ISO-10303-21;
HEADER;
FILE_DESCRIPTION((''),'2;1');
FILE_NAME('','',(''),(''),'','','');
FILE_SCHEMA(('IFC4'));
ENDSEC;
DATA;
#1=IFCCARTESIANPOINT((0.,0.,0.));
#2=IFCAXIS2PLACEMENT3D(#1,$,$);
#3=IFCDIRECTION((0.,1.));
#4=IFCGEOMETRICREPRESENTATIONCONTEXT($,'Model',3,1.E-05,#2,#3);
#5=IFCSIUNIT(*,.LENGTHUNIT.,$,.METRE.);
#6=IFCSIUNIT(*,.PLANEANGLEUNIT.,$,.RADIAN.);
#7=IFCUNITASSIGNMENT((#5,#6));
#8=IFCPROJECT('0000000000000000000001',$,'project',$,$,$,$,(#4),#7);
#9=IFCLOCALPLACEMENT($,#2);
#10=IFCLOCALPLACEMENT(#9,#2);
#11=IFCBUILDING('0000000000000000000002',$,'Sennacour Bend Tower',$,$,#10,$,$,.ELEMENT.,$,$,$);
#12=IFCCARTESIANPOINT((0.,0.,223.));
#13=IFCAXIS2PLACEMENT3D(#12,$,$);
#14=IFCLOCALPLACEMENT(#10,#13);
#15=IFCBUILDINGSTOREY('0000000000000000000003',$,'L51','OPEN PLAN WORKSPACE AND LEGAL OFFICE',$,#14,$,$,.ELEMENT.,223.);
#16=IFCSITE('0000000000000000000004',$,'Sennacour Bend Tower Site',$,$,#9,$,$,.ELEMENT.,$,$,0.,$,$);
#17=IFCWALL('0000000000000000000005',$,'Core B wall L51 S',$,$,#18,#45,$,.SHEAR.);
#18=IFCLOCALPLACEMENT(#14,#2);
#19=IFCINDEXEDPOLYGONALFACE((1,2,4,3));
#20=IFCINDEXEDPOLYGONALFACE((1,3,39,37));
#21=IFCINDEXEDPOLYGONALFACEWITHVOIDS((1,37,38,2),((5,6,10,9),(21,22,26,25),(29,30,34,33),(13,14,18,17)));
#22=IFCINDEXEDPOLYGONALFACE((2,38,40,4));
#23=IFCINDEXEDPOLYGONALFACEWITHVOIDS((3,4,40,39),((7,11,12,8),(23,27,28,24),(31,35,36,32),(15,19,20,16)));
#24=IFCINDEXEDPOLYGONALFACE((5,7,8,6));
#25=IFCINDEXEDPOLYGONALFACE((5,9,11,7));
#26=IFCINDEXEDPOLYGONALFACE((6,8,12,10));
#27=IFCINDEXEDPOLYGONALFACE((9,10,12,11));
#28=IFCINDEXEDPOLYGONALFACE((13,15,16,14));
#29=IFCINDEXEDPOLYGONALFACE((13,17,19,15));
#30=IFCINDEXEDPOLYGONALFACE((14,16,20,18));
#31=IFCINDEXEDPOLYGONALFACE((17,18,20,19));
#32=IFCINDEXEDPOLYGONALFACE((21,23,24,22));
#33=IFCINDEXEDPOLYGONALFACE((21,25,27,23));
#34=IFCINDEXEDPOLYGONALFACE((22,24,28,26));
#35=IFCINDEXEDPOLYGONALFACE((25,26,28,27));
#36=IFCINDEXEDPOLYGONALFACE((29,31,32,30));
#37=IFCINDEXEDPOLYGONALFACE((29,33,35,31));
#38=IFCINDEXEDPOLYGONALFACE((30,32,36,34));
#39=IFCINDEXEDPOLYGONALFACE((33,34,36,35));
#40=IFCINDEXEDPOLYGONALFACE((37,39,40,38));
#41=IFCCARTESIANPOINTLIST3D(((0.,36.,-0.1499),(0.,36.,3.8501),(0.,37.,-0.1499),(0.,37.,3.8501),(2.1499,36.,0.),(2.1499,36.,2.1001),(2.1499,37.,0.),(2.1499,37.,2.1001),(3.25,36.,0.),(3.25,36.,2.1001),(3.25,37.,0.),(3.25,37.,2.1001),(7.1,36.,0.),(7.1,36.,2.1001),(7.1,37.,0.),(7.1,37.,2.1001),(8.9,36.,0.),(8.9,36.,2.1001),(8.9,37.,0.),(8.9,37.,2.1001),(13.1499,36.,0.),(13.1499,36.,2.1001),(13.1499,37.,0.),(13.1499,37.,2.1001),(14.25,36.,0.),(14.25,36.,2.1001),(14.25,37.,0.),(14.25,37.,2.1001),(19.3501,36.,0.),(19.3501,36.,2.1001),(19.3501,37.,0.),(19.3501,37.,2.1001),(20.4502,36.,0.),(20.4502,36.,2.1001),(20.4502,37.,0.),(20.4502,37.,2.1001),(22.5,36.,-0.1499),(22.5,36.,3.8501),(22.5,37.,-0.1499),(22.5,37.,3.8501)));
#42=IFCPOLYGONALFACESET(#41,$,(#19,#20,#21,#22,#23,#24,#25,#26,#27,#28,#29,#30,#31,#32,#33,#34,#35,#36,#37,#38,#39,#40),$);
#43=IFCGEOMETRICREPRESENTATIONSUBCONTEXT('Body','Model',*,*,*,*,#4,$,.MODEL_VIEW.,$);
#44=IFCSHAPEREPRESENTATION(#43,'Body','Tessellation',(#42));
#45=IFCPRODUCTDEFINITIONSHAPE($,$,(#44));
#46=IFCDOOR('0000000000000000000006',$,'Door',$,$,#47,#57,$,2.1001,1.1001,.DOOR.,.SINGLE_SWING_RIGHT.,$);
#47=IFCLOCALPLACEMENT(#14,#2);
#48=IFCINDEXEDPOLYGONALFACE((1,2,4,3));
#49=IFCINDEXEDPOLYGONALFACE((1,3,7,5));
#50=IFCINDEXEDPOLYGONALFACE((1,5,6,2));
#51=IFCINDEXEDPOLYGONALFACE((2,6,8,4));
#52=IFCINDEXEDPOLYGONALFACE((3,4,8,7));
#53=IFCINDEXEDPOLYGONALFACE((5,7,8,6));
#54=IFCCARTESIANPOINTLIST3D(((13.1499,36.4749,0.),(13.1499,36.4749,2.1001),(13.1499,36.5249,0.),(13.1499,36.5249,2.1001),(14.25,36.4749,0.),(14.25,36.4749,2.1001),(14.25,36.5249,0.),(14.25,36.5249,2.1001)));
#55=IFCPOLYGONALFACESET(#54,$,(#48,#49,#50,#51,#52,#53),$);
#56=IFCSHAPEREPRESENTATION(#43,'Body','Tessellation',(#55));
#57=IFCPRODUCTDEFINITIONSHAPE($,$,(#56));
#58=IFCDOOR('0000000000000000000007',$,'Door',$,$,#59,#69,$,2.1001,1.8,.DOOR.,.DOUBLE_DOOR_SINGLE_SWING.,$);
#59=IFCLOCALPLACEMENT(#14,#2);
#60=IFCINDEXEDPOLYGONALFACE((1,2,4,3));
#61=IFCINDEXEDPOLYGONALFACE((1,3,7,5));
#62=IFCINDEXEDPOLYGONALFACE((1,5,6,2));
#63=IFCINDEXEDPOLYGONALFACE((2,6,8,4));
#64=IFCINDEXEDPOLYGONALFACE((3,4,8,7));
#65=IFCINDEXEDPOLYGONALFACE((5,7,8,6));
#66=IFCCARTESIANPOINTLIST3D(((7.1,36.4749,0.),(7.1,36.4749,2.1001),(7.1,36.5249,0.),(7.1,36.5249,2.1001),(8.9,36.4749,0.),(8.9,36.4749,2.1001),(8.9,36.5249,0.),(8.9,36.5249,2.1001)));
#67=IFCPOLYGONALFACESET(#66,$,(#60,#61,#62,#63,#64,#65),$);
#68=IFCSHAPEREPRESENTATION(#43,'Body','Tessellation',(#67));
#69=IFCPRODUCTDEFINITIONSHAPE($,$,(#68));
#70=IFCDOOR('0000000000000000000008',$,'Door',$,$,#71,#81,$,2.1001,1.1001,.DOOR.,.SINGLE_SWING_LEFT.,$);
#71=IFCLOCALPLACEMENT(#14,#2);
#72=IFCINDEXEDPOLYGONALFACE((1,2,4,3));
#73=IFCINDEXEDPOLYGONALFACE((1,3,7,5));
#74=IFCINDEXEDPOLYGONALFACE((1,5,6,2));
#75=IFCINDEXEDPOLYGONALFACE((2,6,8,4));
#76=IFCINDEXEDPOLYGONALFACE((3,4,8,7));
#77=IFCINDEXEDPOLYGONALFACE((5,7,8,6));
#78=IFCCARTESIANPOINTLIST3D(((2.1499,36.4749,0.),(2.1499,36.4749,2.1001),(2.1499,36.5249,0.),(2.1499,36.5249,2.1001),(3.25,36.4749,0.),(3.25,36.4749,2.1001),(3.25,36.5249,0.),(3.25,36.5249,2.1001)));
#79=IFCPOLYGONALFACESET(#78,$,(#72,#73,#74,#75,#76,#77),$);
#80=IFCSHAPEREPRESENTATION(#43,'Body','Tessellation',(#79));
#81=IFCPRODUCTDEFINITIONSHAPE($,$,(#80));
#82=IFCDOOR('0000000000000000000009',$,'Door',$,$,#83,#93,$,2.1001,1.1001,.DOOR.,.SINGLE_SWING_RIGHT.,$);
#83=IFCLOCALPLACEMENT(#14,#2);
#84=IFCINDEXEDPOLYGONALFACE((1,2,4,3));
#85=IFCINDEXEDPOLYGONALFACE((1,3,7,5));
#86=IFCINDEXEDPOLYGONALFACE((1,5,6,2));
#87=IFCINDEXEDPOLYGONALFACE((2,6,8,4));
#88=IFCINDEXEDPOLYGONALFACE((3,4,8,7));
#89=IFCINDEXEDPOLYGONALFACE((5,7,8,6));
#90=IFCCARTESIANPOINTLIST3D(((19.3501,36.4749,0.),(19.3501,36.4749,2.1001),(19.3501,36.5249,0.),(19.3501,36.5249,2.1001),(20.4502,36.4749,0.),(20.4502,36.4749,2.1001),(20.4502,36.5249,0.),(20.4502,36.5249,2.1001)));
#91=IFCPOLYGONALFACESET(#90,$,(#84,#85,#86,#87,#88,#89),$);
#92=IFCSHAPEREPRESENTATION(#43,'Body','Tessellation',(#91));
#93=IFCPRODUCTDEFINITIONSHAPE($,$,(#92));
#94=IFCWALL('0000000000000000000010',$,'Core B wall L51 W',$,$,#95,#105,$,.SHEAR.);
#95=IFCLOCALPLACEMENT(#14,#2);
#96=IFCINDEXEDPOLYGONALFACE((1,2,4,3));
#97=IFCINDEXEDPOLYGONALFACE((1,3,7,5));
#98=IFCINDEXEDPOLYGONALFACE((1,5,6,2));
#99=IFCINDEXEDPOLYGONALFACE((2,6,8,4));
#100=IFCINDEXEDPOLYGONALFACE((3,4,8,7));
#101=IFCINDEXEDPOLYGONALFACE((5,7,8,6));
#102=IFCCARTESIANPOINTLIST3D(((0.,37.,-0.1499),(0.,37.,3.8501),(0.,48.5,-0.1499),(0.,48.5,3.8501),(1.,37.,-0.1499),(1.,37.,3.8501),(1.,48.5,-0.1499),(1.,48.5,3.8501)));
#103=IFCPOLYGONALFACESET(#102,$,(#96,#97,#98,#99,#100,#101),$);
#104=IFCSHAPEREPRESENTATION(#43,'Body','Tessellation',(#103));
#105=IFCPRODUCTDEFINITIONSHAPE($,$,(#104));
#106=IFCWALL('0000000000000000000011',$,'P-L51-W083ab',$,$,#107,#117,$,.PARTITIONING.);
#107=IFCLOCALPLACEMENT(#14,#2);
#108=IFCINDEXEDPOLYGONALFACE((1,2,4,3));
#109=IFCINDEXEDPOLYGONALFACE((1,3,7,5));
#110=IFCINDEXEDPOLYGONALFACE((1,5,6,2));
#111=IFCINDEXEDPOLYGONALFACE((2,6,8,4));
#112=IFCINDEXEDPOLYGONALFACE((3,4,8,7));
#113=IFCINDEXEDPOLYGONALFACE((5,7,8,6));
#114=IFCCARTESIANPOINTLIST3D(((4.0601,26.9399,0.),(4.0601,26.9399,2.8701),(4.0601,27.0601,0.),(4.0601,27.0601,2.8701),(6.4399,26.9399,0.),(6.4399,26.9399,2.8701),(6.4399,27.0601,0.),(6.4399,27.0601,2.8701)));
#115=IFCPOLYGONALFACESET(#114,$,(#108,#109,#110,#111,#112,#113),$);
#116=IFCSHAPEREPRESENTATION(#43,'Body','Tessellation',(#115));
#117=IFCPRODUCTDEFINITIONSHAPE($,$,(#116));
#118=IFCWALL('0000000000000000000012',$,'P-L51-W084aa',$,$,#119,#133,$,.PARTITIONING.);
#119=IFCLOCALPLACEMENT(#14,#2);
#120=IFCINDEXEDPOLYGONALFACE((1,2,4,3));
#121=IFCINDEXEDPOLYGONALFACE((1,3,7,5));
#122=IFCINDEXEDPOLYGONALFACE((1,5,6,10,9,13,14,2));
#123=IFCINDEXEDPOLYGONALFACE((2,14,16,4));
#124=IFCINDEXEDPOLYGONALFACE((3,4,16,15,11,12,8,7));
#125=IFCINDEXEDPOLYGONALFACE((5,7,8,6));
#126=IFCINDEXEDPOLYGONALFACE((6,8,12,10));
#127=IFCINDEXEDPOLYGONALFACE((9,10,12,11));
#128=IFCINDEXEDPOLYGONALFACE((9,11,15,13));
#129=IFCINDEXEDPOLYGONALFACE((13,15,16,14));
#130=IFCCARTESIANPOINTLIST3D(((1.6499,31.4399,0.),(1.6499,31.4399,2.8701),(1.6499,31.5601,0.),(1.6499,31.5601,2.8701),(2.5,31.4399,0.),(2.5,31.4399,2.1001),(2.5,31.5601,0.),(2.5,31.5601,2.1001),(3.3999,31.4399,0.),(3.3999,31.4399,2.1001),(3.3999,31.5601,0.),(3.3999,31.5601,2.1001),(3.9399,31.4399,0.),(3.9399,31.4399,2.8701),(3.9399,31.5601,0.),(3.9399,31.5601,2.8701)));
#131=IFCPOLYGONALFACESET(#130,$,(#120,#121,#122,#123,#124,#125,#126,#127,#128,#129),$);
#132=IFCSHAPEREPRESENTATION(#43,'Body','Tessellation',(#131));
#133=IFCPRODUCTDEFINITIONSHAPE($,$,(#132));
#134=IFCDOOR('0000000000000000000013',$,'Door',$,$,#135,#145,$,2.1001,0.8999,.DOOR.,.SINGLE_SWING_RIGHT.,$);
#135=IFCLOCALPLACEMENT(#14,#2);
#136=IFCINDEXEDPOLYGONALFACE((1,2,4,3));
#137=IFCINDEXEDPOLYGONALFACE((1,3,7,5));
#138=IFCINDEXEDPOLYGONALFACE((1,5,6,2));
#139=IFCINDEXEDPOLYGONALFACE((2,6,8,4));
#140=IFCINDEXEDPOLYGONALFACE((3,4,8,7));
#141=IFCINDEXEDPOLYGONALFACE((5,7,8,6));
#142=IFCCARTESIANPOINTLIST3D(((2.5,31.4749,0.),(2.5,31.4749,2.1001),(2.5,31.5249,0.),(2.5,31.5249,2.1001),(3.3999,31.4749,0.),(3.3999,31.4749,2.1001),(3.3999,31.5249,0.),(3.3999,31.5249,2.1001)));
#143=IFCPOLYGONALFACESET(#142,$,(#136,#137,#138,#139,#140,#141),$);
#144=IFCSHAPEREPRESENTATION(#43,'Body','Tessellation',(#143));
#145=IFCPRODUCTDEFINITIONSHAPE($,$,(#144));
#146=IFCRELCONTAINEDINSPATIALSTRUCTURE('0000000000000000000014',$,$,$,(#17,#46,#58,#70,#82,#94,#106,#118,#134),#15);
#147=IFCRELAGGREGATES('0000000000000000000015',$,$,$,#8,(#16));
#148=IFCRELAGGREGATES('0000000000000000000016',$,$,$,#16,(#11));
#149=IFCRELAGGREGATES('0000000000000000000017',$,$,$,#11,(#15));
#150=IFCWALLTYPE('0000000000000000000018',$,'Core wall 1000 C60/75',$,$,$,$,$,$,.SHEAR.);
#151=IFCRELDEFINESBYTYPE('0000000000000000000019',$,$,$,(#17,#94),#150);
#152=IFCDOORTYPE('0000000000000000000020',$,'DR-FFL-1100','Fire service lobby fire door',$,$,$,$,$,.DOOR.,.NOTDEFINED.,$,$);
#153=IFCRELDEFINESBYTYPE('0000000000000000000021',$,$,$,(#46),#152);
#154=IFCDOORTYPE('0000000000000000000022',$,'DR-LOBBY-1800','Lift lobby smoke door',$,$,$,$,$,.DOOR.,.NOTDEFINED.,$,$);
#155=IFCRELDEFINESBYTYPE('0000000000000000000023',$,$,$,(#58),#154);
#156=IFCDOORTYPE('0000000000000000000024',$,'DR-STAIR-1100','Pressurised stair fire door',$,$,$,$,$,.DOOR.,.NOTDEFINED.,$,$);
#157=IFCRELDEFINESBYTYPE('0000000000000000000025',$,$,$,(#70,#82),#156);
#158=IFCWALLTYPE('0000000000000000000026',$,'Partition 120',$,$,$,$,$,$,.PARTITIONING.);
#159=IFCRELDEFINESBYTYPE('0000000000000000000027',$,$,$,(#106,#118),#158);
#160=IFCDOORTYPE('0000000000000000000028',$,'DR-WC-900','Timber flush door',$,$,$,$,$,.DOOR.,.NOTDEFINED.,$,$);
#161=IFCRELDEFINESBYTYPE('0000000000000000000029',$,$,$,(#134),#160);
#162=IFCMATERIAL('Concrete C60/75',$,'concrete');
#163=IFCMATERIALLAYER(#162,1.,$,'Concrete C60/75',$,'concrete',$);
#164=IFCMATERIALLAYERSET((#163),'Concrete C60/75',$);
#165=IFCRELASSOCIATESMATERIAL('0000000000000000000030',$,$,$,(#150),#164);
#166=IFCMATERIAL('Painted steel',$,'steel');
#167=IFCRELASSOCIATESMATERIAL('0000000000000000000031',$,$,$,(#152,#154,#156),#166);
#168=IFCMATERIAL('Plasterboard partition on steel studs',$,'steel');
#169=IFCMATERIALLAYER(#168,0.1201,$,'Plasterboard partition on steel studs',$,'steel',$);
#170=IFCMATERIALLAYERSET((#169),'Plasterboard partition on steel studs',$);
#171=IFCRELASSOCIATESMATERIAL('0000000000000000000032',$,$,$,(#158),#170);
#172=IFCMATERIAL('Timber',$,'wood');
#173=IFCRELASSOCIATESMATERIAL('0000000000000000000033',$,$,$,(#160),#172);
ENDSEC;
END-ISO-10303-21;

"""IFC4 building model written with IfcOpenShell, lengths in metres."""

from ifc_helpers import new_model, si_unit, direction, frame, frame_2d, origin, place, context, subcontext, project, spatial, rectangle, extrude, material, layer, layer_set, type_object, element, fill, save


model = new_model("IFC4")

# Units and contexts
model_context = context("Model", 3, precision=1e-05, world=origin(), true_north=direction((0.0, 1.0)))
body_context = subcontext(model_context, "Body", "Model", "MODEL_VIEW")
ifc_project = project(units=[si_unit("LENGTHUNIT", "METRE"), si_unit("PLANEANGLEUNIT", "RADIAN")], contexts=[model_context])

# Site, building, storey
site_placement = place(None, origin())
site = spatial("IfcSite", under=ifc_project, at=site_placement, Name="Sennacour Bend Tower Site", CompositionType="ELEMENT", RefElevation=0.0)
building_placement = place(site_placement, origin())
building = spatial("IfcBuilding", under=site, at=building_placement, Name="Sennacour Bend Tower", CompositionType="ELEMENT")
storey_placement = place(building_placement, frame((0.0, 0.0, 223.0)))
storey = spatial("IfcBuildingStorey", under=building, at=storey_placement, Name="L51", Description="OPEN PLAN WORKSPACE AND LEGAL OFFICE", CompositionType="ELEMENT", Elevation=223.0)

# Wall, openings, doors
ifc_material_1 = material(Name="Concrete C60/75", Category="concrete")
ifc_layer_1 = layer(ifc_material_1, 1.0, Name="Concrete C60/75", Category="concrete")
ifc_layer_set_1 = layer_set([ifc_layer_1], Name="Concrete C60/75")
wall_type_1 = type_object("IfcWallType", Name="Core wall 1000 C60/75", PredefinedType="SHEAR", material=ifc_layer_set_1)
wall_1_placement = place(storey_placement, frame((0.0, 36.5, -0.1499), z_axis=(0.0, 0.0, 1.0), x_axis=(1.0, 0.0, 0.0)))
wall_1 = element("IfcWall", 1, at=wall_1_placement, inside=storey, type_object=wall_type_1, Name="Core B wall L51 S", PredefinedType="SHEAR", context=body_context, shape_type="SweptSolid", body=[
    extrude(rectangle(XDim=22.5, YDim=1.0, at=frame_2d((11.25, 0.0))), origin(), (0.0, 0.0, 1.0), 4.0),
])
opening_1_placement = place(wall_1_placement, frame((7.1001, 0.0, 0.1499)))
opening_1 = element("IfcOpeningElement", 2, at=opening_1_placement, cuts=wall_1, PredefinedType="OPENING", context=body_context, shape_type="SweptSolid", body=[
    extrude(rectangle(XDim=1.8, YDim=2.1001, at=frame_2d((0.8999, 1.05))), frame((0.0, 0.51, 0.0), z_axis=(0.0, -1.0, 0.0), x_axis=(1.0, 0.0, 0.0)), (0.0, 0.0, 1.0), 1.02),
])
opening_2_placement = place(wall_1_placement, frame((13.1499, 0.0, 0.1499)))
opening_2 = element("IfcOpeningElement", 3, at=opening_2_placement, cuts=wall_1, PredefinedType="OPENING", context=body_context, shape_type="SweptSolid", body=[
    extrude(rectangle(XDim=1.1001, YDim=2.1001, at=frame_2d((0.55, 1.05))), frame((0.0, 0.51, 0.0), z_axis=(0.0, -1.0, 0.0), x_axis=(1.0, 0.0, 0.0)), (0.0, 0.0, 1.0), 1.02),
])
opening_3_placement = place(wall_1_placement, frame((2.1499, 0.0, 0.1499)))
opening_3 = element("IfcOpeningElement", 4, at=opening_3_placement, cuts=wall_1, PredefinedType="OPENING", context=body_context, shape_type="SweptSolid", body=[
    extrude(rectangle(XDim=1.1001, YDim=2.1001, at=frame_2d((0.55, 1.05))), frame((0.0, 0.51, 0.0), z_axis=(0.0, -1.0, 0.0), x_axis=(1.0, 0.0, 0.0)), (0.0, 0.0, 1.0), 1.02),
])
opening_4_placement = place(wall_1_placement, frame((19.3501, 0.0, 0.1499)))
opening_4 = element("IfcOpeningElement", 5, at=opening_4_placement, cuts=wall_1, PredefinedType="OPENING", context=body_context, shape_type="SweptSolid", body=[
    extrude(rectangle(XDim=1.1001, YDim=2.1001, at=frame_2d((0.55, 1.05))), frame((0.0, 0.51, 0.0), z_axis=(0.0, -1.0, 0.0), x_axis=(1.0, 0.0, 0.0)), (0.0, 0.0, 1.0), 1.02),
])
ifc_material_2 = material(Name="Painted steel", Category="steel")
door_type_1 = type_object("IfcDoorType", Name="DR-FFL-1100", Description="Fire service lobby fire door", OperationType="NOTDEFINED", PredefinedType="DOOR", material=ifc_material_2)
door_1_placement = place(opening_2_placement, origin())
door_1 = element("IfcDoor", 6, at=door_1_placement, inside=storey, type_object=door_type_1, Name="Door", OperationType="SINGLE_SWING_RIGHT", OverallHeight=2.1001, OverallWidth=1.1001, PredefinedType="DOOR", context=body_context, shape_type="SweptSolid", body=[
    extrude(rectangle(XDim=1.1001, YDim=2.1001, at=frame_2d((0.55, 1.05))), frame((0.0, 0.0249, 0.0), z_axis=(0.0, -1.0, 0.0), x_axis=(1.0, 0.0, 0.0)), (0.0, 0.0, 1.0), 0.05),
])
fill(opening_2, door_1)
door_type_2 = type_object("IfcDoorType", Name="DR-LOBBY-1800", Description="Lift lobby smoke door", OperationType="NOTDEFINED", PredefinedType="DOOR", material=ifc_material_2)
door_2_placement = place(opening_1_placement, origin())
door_2 = element("IfcDoor", 7, at=door_2_placement, inside=storey, type_object=door_type_2, Name="Door", OperationType="DOUBLE_DOOR_SINGLE_SWING", OverallHeight=2.1001, OverallWidth=1.8, PredefinedType="DOOR", context=body_context, shape_type="SweptSolid", body=[
    extrude(rectangle(XDim=1.8, YDim=2.1001, at=frame_2d((0.8999, 1.05))), frame((0.0, 0.0249, 0.0), z_axis=(0.0, -1.0, 0.0), x_axis=(1.0, 0.0, 0.0)), (0.0, 0.0, 1.0), 0.05),
])
fill(opening_1, door_2)
door_type_3 = type_object("IfcDoorType", Name="DR-STAIR-1100", Description="Pressurised stair fire door", OperationType="NOTDEFINED", PredefinedType="DOOR", material=ifc_material_2)
door_3_placement = place(opening_3_placement, origin())
door_3 = element("IfcDoor", 8, at=door_3_placement, inside=storey, type_object=door_type_3, Name="Door", OperationType="SINGLE_SWING_LEFT", OverallHeight=2.1001, OverallWidth=1.1001, PredefinedType="DOOR", context=body_context, shape_type="SweptSolid", body=[
    extrude(rectangle(XDim=1.1001, YDim=2.1001, at=frame_2d((0.55, 1.05))), frame((0.0, 0.0249, 0.0), z_axis=(0.0, -1.0, 0.0), x_axis=(1.0, 0.0, 0.0)), (0.0, 0.0, 1.0), 0.05),
])
fill(opening_3, door_3)
door_4_placement = place(opening_4_placement, origin())
door_4 = element("IfcDoor", 9, at=door_4_placement, inside=storey, type_object=door_type_3, Name="Door", OperationType="SINGLE_SWING_RIGHT", OverallHeight=2.1001, OverallWidth=1.1001, PredefinedType="DOOR", context=body_context, shape_type="SweptSolid", body=[
    extrude(rectangle(XDim=1.1001, YDim=2.1001, at=frame_2d((0.55, 1.05))), frame((0.0, 0.0249, 0.0), z_axis=(0.0, -1.0, 0.0), x_axis=(1.0, 0.0, 0.0)), (0.0, 0.0, 1.0), 0.05),
])
fill(opening_4, door_4)

# Walls
wall_2_placement = place(storey_placement, frame((0.5, 37.0, -0.1499), z_axis=(0.0, 0.0, 1.0), x_axis=(0.0, 1.0, 0.0)))
element("IfcWall", 10, at=wall_2_placement, inside=storey, type_object=wall_type_1, Name="Core B wall L51 W", PredefinedType="SHEAR", context=body_context, shape_type="SweptSolid", body=[
    extrude(rectangle(XDim=11.5, YDim=1.0, at=frame_2d((5.75, 0.0))), origin(), (0.0, 0.0, 1.0), 4.0),
])
ifc_material_3 = material(Name="Plasterboard partition on steel studs", Category="steel")
ifc_layer_2 = layer(ifc_material_3, 0.1201, Name="Plasterboard partition on steel studs", Category="steel")
ifc_layer_set_2 = layer_set([ifc_layer_2], Name="Plasterboard partition on steel studs")
wall_type_2 = type_object("IfcWallType", Name="Partition 120", PredefinedType="PARTITIONING", material=ifc_layer_set_2)
wall_3_placement = place(storey_placement, frame((4.0601, 27.0, 0.0), z_axis=(0.0, 0.0, 1.0), x_axis=(1.0, 0.0, 0.0)))
element("IfcWall", 11, at=wall_3_placement, inside=storey, type_object=wall_type_2, Name="P-L51-W083ab", PredefinedType="PARTITIONING", context=body_context, shape_type="SweptSolid", body=[
    extrude(rectangle(XDim=2.3799, YDim=0.1201, at=frame_2d((1.1899, 0.0))), origin(), (0.0, 0.0, 1.0), 2.8701),
])

# Wall, opening, door
wall_4_placement = place(storey_placement, frame((1.6499, 31.5, 0.0), z_axis=(0.0, 0.0, 1.0), x_axis=(1.0, 0.0, 0.0)))
wall_4 = element("IfcWall", 12, at=wall_4_placement, inside=storey, type_object=wall_type_2, Name="P-L51-W084aa", PredefinedType="PARTITIONING", context=body_context, shape_type="SweptSolid", body=[
    extrude(rectangle(XDim=2.29, YDim=0.1201, at=frame_2d((1.145, 0.0))), origin(), (0.0, 0.0, 1.0), 2.8701),
])
opening_5_placement = place(wall_4_placement, frame((0.8501, 0.0, 0.0)))
opening_5 = element("IfcOpeningElement", 13, at=opening_5_placement, cuts=wall_4, PredefinedType="OPENING", context=body_context, shape_type="SweptSolid", body=[
    extrude(rectangle(XDim=0.8999, YDim=2.1001, at=frame_2d((0.45, 1.05))), frame((0.0, 0.0701, 0.0), z_axis=(0.0, -1.0, 0.0), x_axis=(1.0, 0.0, 0.0)), (0.0, 0.0, 1.0), 0.1401),
])
ifc_material_4 = material(Name="Timber", Category="wood")
door_type_4 = type_object("IfcDoorType", Name="DR-WC-900", Description="Timber flush door", OperationType="NOTDEFINED", PredefinedType="DOOR", material=ifc_material_4)
door_5_placement = place(opening_5_placement, origin())
door_5 = element("IfcDoor", 14, at=door_5_placement, inside=storey, type_object=door_type_4, Name="Door", OperationType="SINGLE_SWING_RIGHT", OverallHeight=2.1001, OverallWidth=0.8999, PredefinedType="DOOR", context=body_context, shape_type="SweptSolid", body=[
    extrude(rectangle(XDim=0.8999, YDim=2.1001, at=frame_2d((0.45, 1.05))), frame((0.0, 0.0249, 0.0), z_axis=(0.0, -1.0, 0.0), x_axis=(1.0, 0.0, 0.0)), (0.0, 0.0, 1.0), 0.05),
])
fill(opening_5, door_5)

save(model, "model.ifc")
